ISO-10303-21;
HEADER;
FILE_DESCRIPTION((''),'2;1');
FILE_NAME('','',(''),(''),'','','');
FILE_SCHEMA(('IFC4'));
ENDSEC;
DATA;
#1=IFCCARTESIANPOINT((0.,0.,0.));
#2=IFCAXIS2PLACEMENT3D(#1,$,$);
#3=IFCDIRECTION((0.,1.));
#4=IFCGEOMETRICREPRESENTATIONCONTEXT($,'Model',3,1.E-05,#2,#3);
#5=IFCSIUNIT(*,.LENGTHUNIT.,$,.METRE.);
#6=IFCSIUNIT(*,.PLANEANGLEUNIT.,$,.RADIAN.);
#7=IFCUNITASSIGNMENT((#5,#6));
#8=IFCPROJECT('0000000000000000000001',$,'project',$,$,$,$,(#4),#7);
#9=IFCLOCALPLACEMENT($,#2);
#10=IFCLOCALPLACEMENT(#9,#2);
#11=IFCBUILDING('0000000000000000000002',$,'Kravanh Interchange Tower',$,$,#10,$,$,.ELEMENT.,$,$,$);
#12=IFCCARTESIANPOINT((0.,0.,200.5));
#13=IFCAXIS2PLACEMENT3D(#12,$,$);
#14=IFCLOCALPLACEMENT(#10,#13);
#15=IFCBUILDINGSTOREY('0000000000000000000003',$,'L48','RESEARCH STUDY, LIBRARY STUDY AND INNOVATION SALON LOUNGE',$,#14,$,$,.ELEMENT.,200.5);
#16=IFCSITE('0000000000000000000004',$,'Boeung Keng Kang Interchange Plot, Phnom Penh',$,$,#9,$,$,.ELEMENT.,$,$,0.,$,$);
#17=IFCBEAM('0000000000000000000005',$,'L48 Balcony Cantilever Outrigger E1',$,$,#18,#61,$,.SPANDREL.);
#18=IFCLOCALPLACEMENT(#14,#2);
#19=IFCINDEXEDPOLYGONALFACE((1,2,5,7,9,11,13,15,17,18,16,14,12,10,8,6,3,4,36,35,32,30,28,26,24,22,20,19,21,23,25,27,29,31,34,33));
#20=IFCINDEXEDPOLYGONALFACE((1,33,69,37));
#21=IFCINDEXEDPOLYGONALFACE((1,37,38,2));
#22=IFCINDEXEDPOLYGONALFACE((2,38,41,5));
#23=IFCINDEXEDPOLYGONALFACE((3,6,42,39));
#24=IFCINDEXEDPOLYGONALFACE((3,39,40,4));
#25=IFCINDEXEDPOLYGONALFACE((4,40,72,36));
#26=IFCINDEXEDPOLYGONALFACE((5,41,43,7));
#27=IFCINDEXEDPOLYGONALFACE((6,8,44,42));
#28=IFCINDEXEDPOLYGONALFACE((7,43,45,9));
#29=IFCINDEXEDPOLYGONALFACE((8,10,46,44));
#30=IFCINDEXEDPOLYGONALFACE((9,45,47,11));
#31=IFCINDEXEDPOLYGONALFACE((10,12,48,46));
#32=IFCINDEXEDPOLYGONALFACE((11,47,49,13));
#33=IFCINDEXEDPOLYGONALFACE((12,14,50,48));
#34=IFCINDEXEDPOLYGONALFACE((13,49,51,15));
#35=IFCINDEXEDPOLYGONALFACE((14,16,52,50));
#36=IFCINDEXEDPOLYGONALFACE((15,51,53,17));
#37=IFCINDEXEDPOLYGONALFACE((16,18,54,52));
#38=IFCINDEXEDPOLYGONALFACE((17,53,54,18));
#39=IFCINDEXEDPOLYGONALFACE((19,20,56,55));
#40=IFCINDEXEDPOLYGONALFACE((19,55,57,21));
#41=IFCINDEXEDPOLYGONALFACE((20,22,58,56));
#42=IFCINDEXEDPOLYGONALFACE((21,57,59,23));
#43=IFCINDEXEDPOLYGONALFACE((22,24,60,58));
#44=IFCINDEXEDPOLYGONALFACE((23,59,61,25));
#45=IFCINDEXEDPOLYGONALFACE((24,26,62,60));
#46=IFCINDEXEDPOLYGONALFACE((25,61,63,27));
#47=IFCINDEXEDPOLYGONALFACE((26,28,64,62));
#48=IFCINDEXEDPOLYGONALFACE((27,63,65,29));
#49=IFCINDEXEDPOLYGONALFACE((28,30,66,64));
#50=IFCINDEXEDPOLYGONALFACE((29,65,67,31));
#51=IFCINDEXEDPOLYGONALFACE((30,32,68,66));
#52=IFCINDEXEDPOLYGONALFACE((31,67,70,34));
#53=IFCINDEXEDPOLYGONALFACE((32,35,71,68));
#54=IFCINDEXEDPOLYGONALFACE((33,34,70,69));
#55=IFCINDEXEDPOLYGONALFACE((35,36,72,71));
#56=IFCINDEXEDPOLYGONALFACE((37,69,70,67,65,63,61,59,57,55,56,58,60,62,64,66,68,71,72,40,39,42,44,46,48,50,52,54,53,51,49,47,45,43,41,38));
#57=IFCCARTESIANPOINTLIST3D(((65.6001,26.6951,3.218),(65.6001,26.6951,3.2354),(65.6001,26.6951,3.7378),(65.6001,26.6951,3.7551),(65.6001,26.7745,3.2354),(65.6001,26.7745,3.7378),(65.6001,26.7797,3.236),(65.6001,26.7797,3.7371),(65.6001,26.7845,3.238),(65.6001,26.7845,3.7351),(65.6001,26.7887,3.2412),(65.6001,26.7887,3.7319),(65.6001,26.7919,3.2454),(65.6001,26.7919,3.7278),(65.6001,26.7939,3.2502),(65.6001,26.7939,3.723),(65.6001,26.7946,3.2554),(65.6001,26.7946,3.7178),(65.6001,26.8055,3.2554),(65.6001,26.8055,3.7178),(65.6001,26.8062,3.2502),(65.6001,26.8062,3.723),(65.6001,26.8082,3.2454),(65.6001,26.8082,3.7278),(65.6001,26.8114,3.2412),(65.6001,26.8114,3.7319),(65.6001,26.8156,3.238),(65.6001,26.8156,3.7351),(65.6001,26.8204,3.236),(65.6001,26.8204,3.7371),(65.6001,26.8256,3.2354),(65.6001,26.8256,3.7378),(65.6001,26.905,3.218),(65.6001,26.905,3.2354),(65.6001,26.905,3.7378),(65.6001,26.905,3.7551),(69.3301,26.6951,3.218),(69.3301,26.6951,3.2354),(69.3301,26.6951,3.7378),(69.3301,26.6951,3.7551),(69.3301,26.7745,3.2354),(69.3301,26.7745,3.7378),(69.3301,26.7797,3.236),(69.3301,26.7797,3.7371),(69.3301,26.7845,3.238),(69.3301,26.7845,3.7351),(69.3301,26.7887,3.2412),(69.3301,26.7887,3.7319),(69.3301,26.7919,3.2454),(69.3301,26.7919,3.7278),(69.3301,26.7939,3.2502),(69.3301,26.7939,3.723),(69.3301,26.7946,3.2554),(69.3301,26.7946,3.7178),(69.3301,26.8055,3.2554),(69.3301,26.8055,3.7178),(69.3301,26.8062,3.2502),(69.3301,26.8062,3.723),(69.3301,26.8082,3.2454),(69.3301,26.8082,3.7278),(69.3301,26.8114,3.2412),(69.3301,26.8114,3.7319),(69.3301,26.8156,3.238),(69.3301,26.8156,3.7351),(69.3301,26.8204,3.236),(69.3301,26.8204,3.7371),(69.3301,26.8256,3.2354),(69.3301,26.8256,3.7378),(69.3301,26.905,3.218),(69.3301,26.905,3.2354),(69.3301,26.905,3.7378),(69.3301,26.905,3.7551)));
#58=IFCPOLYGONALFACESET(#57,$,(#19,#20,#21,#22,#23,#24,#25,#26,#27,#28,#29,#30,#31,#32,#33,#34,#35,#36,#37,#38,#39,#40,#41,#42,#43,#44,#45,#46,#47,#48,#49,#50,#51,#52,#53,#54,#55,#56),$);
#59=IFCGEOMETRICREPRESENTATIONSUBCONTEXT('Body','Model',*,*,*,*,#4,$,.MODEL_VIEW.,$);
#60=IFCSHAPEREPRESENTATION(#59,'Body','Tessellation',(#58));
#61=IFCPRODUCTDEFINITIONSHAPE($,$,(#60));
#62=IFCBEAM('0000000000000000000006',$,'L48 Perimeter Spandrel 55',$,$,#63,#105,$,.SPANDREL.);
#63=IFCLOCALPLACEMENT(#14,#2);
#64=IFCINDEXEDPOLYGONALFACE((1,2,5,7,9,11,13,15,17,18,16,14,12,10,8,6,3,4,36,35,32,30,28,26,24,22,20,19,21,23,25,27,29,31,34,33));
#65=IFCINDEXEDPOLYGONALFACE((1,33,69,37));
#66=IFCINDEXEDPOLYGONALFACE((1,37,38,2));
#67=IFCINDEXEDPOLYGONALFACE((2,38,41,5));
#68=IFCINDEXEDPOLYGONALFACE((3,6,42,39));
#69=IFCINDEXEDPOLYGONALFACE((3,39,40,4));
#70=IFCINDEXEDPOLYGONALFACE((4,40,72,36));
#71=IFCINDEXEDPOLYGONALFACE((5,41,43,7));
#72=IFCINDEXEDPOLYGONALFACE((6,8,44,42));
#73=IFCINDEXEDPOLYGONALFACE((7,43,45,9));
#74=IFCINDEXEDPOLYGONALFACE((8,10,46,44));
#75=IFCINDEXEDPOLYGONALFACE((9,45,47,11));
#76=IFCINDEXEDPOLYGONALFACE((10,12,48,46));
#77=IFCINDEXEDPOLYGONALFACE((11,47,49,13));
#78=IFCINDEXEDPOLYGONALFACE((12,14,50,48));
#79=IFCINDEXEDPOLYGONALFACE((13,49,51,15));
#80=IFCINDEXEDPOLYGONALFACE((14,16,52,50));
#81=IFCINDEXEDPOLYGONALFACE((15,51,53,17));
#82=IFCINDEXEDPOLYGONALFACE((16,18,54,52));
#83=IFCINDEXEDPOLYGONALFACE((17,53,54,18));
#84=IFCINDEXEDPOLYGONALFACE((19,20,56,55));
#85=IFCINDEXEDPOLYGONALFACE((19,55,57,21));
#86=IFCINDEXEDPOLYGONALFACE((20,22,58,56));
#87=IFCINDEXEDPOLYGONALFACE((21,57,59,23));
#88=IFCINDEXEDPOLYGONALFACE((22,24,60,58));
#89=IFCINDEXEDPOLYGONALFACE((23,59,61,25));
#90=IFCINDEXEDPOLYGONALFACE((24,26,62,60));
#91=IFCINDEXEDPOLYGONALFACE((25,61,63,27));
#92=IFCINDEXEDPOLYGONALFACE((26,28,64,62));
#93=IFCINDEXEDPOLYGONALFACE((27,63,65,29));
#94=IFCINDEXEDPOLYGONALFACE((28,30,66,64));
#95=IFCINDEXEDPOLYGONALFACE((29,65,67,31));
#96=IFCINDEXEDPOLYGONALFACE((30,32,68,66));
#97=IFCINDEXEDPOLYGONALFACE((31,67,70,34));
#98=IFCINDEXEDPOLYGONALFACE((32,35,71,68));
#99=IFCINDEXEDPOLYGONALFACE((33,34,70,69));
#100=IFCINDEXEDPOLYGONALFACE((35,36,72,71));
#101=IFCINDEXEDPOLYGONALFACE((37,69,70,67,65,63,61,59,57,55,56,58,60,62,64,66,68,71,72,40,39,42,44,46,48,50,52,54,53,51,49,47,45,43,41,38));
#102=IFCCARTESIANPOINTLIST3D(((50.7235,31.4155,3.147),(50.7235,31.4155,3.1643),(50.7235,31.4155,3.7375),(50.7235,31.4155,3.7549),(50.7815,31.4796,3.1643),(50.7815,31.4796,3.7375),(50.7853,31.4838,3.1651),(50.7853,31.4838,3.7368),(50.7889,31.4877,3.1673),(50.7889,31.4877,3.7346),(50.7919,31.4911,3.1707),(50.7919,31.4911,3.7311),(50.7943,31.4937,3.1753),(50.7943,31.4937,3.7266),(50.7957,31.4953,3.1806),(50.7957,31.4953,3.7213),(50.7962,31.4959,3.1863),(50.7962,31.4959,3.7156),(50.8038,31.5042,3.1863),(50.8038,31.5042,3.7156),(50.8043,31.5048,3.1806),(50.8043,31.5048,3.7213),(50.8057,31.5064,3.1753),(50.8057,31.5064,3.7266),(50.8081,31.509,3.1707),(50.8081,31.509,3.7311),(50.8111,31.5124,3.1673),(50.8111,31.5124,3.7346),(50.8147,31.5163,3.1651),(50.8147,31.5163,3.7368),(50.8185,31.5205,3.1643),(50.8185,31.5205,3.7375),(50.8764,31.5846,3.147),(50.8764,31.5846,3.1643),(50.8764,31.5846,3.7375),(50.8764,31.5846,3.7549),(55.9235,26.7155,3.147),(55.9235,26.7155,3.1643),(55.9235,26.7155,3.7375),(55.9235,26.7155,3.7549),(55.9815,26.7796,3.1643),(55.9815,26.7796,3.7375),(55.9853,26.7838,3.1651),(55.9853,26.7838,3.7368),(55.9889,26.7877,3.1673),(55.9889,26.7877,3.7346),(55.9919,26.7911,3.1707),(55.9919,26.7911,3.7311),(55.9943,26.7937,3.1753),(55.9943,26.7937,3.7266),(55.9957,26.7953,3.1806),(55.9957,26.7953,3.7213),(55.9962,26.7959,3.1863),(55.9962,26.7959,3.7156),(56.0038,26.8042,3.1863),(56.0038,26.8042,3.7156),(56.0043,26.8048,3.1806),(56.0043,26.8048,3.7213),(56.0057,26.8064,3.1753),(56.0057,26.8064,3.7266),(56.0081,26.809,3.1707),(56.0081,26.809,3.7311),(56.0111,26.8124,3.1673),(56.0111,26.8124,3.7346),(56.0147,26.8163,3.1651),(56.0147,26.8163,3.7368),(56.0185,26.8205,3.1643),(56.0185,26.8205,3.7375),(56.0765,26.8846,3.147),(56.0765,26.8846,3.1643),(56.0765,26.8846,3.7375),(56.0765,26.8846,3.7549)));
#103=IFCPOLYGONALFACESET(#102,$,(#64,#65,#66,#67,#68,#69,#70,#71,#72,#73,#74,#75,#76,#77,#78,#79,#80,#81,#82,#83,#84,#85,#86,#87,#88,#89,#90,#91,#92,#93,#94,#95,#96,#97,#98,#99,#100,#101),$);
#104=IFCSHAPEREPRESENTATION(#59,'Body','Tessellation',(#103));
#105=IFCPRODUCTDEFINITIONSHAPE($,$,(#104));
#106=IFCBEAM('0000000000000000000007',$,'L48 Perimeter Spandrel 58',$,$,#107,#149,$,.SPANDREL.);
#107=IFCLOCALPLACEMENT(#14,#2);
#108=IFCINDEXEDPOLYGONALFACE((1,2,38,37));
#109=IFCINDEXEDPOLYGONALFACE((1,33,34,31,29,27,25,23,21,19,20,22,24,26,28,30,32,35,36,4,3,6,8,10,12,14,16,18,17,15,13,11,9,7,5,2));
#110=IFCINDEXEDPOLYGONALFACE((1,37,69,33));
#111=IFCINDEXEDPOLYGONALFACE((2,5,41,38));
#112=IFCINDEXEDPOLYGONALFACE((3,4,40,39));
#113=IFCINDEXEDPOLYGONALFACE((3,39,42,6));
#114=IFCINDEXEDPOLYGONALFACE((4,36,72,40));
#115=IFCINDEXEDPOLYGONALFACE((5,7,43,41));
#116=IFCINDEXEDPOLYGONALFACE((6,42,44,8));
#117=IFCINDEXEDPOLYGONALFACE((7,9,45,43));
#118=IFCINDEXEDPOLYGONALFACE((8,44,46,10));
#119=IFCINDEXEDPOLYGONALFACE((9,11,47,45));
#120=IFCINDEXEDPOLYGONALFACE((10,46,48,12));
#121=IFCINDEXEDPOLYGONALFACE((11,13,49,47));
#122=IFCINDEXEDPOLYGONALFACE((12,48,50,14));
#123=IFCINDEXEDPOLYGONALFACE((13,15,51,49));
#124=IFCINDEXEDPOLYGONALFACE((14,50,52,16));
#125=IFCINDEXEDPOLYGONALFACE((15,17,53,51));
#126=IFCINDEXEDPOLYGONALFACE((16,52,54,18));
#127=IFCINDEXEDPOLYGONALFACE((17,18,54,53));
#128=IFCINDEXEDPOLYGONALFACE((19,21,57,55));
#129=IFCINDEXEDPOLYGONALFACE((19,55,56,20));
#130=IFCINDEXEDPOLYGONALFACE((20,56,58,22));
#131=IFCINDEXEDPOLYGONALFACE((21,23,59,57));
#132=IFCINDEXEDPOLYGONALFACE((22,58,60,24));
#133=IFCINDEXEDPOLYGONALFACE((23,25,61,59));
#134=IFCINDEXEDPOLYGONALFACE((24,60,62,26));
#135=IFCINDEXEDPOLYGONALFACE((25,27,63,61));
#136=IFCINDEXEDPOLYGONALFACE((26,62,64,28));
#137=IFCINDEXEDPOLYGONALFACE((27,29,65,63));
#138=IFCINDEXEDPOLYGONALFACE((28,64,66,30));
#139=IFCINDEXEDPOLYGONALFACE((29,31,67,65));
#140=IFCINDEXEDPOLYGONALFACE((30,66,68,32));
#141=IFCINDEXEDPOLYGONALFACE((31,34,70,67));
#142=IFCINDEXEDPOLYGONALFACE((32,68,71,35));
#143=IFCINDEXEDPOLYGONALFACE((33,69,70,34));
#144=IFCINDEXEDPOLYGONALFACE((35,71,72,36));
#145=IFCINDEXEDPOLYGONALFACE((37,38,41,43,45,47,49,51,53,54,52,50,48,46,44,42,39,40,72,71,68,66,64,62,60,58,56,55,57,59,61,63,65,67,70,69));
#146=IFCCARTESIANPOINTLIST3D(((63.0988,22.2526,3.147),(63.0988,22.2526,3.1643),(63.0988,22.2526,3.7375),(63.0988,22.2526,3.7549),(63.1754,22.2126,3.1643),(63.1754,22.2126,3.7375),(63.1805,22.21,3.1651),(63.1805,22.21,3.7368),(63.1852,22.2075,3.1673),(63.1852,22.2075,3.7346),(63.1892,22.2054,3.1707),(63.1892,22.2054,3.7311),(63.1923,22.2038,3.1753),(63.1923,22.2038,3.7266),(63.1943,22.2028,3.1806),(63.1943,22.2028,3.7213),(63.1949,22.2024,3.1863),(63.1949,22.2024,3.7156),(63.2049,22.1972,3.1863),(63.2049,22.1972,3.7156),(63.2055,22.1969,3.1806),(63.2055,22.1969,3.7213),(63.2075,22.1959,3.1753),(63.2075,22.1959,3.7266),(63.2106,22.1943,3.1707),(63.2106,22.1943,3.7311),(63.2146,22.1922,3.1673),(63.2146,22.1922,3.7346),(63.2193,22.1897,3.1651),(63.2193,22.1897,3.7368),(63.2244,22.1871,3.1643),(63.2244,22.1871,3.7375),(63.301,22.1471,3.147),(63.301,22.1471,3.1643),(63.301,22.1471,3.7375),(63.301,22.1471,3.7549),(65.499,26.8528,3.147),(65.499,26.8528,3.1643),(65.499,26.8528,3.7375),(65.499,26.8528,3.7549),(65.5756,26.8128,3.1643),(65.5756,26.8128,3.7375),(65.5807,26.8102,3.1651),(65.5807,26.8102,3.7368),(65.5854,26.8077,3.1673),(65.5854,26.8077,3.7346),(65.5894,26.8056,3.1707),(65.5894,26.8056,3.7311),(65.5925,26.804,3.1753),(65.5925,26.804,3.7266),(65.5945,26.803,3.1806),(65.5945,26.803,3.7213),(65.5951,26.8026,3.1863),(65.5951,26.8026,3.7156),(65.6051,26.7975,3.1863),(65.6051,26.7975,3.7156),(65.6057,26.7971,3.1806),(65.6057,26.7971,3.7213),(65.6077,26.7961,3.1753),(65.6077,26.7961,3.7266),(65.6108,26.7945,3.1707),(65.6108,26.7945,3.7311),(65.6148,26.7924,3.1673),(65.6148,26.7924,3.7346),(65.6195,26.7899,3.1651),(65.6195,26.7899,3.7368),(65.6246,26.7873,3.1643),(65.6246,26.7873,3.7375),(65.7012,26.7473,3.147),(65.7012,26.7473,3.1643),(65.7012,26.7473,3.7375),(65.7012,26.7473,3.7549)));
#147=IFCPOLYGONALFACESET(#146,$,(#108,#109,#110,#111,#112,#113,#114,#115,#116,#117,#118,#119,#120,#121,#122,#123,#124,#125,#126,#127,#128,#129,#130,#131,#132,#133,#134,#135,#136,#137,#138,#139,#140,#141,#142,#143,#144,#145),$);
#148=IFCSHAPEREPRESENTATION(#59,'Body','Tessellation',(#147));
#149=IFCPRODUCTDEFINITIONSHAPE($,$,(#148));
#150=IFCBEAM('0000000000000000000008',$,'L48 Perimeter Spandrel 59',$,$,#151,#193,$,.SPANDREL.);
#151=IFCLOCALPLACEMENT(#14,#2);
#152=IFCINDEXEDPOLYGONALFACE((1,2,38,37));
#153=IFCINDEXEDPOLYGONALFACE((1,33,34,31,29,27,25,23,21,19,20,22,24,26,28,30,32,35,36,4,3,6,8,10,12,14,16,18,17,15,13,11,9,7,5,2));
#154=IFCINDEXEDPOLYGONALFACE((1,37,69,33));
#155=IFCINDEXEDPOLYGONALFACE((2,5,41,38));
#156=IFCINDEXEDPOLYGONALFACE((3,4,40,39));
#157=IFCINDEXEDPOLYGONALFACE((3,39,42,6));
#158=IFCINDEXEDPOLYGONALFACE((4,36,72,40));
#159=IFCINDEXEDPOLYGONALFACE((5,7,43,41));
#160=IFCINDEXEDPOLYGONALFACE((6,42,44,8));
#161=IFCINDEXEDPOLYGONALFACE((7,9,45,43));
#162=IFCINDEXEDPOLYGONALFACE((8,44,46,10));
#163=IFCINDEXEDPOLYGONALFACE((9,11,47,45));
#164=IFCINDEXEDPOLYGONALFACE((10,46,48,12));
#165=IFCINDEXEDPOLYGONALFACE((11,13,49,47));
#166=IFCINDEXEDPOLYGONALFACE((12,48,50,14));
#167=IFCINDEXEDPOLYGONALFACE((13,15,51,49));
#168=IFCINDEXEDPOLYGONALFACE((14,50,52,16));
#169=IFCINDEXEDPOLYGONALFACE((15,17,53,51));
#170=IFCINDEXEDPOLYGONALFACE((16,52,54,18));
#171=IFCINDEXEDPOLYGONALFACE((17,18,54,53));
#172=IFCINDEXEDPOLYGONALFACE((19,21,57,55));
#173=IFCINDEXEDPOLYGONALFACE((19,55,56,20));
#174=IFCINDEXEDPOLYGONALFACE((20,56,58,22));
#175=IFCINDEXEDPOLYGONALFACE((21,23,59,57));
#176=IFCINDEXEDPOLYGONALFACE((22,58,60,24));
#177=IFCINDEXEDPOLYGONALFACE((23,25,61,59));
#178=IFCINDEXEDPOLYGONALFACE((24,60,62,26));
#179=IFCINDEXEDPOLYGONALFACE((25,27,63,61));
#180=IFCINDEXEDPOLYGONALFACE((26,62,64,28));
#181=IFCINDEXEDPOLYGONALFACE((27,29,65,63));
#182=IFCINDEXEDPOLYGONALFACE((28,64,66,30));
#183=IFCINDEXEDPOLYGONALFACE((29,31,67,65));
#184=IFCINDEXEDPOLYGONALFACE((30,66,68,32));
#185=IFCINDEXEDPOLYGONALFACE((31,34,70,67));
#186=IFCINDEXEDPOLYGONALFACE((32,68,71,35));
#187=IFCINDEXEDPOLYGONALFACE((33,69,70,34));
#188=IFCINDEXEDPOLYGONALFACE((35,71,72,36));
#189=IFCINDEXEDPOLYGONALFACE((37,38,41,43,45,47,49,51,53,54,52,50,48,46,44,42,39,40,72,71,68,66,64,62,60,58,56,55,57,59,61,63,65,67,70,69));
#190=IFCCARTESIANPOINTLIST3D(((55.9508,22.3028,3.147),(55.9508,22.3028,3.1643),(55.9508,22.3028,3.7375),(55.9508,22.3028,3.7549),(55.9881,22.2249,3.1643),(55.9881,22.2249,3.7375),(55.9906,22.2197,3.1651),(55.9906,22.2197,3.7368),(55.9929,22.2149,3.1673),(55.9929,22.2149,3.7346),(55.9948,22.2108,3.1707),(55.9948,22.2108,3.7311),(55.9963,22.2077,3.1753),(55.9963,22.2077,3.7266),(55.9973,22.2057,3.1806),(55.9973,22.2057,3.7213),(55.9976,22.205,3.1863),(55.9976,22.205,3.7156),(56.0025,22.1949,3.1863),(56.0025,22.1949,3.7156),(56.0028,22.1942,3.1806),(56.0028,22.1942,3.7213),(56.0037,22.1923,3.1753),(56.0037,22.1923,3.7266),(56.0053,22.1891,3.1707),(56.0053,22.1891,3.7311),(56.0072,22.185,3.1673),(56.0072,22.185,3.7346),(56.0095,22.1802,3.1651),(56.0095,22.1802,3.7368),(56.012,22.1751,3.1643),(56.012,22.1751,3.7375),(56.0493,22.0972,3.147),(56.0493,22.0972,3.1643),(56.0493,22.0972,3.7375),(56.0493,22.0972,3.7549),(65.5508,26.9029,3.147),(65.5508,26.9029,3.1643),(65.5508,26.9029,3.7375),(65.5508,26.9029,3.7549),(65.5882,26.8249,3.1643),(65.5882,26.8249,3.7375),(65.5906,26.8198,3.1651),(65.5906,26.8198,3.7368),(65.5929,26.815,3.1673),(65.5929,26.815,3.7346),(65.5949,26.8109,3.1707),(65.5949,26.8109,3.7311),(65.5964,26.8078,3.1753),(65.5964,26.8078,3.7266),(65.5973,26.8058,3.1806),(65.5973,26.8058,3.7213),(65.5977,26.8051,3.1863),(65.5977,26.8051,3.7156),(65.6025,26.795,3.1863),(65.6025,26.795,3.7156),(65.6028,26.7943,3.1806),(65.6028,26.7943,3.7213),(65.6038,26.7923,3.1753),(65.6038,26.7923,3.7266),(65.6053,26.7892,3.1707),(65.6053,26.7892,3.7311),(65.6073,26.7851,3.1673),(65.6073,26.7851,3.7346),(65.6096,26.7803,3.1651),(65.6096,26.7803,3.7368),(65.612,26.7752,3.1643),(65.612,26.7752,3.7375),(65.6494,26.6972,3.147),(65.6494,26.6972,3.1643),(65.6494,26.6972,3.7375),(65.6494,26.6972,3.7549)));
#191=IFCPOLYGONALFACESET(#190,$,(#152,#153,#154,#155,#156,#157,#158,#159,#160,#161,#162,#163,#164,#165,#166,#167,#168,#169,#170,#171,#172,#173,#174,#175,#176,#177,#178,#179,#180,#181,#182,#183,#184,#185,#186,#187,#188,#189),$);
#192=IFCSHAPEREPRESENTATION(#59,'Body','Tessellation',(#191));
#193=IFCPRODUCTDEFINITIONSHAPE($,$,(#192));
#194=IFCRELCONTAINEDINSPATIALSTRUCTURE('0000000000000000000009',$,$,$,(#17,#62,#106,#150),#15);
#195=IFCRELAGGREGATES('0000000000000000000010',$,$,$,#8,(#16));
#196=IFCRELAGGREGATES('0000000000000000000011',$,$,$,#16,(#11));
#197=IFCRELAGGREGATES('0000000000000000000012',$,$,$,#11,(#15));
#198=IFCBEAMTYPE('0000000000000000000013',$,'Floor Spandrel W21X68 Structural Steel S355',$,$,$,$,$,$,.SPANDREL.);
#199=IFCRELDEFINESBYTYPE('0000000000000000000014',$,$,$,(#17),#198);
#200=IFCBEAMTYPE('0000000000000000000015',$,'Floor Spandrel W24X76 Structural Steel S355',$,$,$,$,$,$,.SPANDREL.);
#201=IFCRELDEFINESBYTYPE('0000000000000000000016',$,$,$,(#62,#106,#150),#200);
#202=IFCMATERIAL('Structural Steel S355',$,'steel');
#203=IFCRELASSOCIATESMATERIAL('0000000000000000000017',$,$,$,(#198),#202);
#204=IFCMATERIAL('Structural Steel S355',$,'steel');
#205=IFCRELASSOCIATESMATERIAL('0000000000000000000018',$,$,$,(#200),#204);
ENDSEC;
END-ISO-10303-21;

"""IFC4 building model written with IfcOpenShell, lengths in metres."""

from ifc_helpers import new_model, si_unit, direction, frame, origin, origin_2d, place, context, subcontext, project, spatial, i_section, extrude, material, material_profile, profile_set, type_object, element, save


model = new_model("IFC4")

# Units and contexts
model_context = context("Model", 3, precision=1e-05, world=origin(), true_north=direction((0.0, 1.0)))
body_context = subcontext(model_context, "Body", "Model", "MODEL_VIEW")
ifc_project = project(units=[si_unit("LENGTHUNIT", "METRE"), si_unit("PLANEANGLEUNIT", "RADIAN")], contexts=[model_context])

# Site, building, storey
site_placement = place(None, origin())
site = spatial("IfcSite", under=ifc_project, at=site_placement, Name="Boeung Keng Kang Interchange Plot, Phnom Penh", CompositionType="ELEMENT", RefElevation=0.0)
building_placement = place(site_placement, origin())
building = spatial("IfcBuilding", under=site, at=building_placement, Name="Kravanh Interchange Tower", CompositionType="ELEMENT")
storey_placement = place(building_placement, frame((0.0, 0.0, 200.5)))
storey = spatial("IfcBuildingStorey", under=building, at=storey_placement, Name="L48", Description="RESEARCH STUDY, LIBRARY STUDY AND INNOVATION SALON LOUNGE", CompositionType="ELEMENT", Elevation=200.5)

# Beams
ifc_material_1 = material(Name="Structural Steel S355", Category="steel")
ifc_material_profile_1 = material_profile(ifc_material_1, i_section(OverallWidth=0.21, OverallDepth=0.5371, WebThickness=0.011, FlangeThickness=0.0173, FilletRadius=0.02, at=origin_2d()), Name="W21X68")
ifc_profile_set_1 = profile_set([ifc_material_profile_1], Name="Structural Steel S355")
beam_type_1 = type_object("IfcBeamType", Name="Floor Spandrel W21X68 Structural Steel S355", PredefinedType="SPANDREL", material=ifc_profile_set_1)
beam_1_placement = place(storey_placement, frame((65.6001, 26.8, 3.4866), z_axis=(1.0, 0.0, 0.0), x_axis=(0.0, 1.0, 0.0)))
element("IfcBeam", 1, at=beam_1_placement, inside=storey, type_object=beam_type_1, Name="L48 Balcony Cantilever Outrigger E1", PredefinedType="SPANDREL", context=body_context, shape_type="SweptSolid", body=[
    extrude(i_section(OverallWidth=0.21, OverallDepth=0.5371, WebThickness=0.011, FlangeThickness=0.0173, FilletRadius=0.02, at=origin_2d()), origin(), (0.0, 0.0, 1.0), 3.73),
])
ifc_material_2 = material(Name="Structural Steel S355", Category="steel")
ifc_material_profile_2 = material_profile(ifc_material_2, i_section(OverallWidth=0.228, OverallDepth=0.6079, WebThickness=0.0112, FlangeThickness=0.0173, FilletRadius=0.022, at=origin_2d()), Name="W24X76")
ifc_profile_set_2 = profile_set([ifc_material_profile_2], Name="Structural Steel S355")
beam_type_2 = type_object("IfcBeamType", Name="Floor Spandrel W24X76 Structural Steel S355", PredefinedType="SPANDREL", material=ifc_profile_set_2)
beam_2_placement = place(storey_placement, frame((56.0, 26.8, 3.4509), z_axis=(-0.741874, 0.670539, 0.0), x_axis=(-0.670539, -0.741874, 0.0)))
element("IfcBeam", 2, at=beam_2_placement, inside=storey, type_object=beam_type_2, Name="L48 Perimeter Spandrel 55", PredefinedType="SPANDREL", context=body_context, shape_type="SweptSolid", body=[
    extrude(i_section(OverallWidth=0.228, OverallDepth=0.6079, WebThickness=0.0112, FlangeThickness=0.0173, FilletRadius=0.022, at=origin_2d()), origin(), (0.0, 0.0, 1.0), 7.0093),
])
beam_3_placement = place(storey_placement, frame((65.6001, 26.8, 3.4509), z_axis=(-0.46258, -0.886577, 0.0), x_axis=(0.886577, -0.46258, 0.0)))
element("IfcBeam", 3, at=beam_3_placement, inside=storey, type_object=beam_type_2, Name="L48 Perimeter Spandrel 58", PredefinedType="SPANDREL", context=body_context, shape_type="SweptSolid", body=[
    extrude(i_section(OverallWidth=0.228, OverallDepth=0.6079, WebThickness=0.0112, FlangeThickness=0.0173, FilletRadius=0.022, at=origin_2d()), origin(), (0.0, 0.0, 1.0), 5.1887),
])
beam_4_placement = place(storey_placement, frame((65.6001, 26.8, 3.4509), z_axis=(-0.901814, -0.432124, 0.0), x_axis=(0.432124, -0.901814, 0.0)))
element("IfcBeam", 4, at=beam_4_placement, inside=storey, type_object=beam_type_2, Name="L48 Perimeter Spandrel 59", PredefinedType="SPANDREL", context=body_context, shape_type="SweptSolid", body=[
    extrude(i_section(OverallWidth=0.228, OverallDepth=0.6079, WebThickness=0.0112, FlangeThickness=0.0173, FilletRadius=0.022, at=origin_2d()), origin(), (0.0, 0.0, 1.0), 10.6453),
])

save(model, "model.ifc")
